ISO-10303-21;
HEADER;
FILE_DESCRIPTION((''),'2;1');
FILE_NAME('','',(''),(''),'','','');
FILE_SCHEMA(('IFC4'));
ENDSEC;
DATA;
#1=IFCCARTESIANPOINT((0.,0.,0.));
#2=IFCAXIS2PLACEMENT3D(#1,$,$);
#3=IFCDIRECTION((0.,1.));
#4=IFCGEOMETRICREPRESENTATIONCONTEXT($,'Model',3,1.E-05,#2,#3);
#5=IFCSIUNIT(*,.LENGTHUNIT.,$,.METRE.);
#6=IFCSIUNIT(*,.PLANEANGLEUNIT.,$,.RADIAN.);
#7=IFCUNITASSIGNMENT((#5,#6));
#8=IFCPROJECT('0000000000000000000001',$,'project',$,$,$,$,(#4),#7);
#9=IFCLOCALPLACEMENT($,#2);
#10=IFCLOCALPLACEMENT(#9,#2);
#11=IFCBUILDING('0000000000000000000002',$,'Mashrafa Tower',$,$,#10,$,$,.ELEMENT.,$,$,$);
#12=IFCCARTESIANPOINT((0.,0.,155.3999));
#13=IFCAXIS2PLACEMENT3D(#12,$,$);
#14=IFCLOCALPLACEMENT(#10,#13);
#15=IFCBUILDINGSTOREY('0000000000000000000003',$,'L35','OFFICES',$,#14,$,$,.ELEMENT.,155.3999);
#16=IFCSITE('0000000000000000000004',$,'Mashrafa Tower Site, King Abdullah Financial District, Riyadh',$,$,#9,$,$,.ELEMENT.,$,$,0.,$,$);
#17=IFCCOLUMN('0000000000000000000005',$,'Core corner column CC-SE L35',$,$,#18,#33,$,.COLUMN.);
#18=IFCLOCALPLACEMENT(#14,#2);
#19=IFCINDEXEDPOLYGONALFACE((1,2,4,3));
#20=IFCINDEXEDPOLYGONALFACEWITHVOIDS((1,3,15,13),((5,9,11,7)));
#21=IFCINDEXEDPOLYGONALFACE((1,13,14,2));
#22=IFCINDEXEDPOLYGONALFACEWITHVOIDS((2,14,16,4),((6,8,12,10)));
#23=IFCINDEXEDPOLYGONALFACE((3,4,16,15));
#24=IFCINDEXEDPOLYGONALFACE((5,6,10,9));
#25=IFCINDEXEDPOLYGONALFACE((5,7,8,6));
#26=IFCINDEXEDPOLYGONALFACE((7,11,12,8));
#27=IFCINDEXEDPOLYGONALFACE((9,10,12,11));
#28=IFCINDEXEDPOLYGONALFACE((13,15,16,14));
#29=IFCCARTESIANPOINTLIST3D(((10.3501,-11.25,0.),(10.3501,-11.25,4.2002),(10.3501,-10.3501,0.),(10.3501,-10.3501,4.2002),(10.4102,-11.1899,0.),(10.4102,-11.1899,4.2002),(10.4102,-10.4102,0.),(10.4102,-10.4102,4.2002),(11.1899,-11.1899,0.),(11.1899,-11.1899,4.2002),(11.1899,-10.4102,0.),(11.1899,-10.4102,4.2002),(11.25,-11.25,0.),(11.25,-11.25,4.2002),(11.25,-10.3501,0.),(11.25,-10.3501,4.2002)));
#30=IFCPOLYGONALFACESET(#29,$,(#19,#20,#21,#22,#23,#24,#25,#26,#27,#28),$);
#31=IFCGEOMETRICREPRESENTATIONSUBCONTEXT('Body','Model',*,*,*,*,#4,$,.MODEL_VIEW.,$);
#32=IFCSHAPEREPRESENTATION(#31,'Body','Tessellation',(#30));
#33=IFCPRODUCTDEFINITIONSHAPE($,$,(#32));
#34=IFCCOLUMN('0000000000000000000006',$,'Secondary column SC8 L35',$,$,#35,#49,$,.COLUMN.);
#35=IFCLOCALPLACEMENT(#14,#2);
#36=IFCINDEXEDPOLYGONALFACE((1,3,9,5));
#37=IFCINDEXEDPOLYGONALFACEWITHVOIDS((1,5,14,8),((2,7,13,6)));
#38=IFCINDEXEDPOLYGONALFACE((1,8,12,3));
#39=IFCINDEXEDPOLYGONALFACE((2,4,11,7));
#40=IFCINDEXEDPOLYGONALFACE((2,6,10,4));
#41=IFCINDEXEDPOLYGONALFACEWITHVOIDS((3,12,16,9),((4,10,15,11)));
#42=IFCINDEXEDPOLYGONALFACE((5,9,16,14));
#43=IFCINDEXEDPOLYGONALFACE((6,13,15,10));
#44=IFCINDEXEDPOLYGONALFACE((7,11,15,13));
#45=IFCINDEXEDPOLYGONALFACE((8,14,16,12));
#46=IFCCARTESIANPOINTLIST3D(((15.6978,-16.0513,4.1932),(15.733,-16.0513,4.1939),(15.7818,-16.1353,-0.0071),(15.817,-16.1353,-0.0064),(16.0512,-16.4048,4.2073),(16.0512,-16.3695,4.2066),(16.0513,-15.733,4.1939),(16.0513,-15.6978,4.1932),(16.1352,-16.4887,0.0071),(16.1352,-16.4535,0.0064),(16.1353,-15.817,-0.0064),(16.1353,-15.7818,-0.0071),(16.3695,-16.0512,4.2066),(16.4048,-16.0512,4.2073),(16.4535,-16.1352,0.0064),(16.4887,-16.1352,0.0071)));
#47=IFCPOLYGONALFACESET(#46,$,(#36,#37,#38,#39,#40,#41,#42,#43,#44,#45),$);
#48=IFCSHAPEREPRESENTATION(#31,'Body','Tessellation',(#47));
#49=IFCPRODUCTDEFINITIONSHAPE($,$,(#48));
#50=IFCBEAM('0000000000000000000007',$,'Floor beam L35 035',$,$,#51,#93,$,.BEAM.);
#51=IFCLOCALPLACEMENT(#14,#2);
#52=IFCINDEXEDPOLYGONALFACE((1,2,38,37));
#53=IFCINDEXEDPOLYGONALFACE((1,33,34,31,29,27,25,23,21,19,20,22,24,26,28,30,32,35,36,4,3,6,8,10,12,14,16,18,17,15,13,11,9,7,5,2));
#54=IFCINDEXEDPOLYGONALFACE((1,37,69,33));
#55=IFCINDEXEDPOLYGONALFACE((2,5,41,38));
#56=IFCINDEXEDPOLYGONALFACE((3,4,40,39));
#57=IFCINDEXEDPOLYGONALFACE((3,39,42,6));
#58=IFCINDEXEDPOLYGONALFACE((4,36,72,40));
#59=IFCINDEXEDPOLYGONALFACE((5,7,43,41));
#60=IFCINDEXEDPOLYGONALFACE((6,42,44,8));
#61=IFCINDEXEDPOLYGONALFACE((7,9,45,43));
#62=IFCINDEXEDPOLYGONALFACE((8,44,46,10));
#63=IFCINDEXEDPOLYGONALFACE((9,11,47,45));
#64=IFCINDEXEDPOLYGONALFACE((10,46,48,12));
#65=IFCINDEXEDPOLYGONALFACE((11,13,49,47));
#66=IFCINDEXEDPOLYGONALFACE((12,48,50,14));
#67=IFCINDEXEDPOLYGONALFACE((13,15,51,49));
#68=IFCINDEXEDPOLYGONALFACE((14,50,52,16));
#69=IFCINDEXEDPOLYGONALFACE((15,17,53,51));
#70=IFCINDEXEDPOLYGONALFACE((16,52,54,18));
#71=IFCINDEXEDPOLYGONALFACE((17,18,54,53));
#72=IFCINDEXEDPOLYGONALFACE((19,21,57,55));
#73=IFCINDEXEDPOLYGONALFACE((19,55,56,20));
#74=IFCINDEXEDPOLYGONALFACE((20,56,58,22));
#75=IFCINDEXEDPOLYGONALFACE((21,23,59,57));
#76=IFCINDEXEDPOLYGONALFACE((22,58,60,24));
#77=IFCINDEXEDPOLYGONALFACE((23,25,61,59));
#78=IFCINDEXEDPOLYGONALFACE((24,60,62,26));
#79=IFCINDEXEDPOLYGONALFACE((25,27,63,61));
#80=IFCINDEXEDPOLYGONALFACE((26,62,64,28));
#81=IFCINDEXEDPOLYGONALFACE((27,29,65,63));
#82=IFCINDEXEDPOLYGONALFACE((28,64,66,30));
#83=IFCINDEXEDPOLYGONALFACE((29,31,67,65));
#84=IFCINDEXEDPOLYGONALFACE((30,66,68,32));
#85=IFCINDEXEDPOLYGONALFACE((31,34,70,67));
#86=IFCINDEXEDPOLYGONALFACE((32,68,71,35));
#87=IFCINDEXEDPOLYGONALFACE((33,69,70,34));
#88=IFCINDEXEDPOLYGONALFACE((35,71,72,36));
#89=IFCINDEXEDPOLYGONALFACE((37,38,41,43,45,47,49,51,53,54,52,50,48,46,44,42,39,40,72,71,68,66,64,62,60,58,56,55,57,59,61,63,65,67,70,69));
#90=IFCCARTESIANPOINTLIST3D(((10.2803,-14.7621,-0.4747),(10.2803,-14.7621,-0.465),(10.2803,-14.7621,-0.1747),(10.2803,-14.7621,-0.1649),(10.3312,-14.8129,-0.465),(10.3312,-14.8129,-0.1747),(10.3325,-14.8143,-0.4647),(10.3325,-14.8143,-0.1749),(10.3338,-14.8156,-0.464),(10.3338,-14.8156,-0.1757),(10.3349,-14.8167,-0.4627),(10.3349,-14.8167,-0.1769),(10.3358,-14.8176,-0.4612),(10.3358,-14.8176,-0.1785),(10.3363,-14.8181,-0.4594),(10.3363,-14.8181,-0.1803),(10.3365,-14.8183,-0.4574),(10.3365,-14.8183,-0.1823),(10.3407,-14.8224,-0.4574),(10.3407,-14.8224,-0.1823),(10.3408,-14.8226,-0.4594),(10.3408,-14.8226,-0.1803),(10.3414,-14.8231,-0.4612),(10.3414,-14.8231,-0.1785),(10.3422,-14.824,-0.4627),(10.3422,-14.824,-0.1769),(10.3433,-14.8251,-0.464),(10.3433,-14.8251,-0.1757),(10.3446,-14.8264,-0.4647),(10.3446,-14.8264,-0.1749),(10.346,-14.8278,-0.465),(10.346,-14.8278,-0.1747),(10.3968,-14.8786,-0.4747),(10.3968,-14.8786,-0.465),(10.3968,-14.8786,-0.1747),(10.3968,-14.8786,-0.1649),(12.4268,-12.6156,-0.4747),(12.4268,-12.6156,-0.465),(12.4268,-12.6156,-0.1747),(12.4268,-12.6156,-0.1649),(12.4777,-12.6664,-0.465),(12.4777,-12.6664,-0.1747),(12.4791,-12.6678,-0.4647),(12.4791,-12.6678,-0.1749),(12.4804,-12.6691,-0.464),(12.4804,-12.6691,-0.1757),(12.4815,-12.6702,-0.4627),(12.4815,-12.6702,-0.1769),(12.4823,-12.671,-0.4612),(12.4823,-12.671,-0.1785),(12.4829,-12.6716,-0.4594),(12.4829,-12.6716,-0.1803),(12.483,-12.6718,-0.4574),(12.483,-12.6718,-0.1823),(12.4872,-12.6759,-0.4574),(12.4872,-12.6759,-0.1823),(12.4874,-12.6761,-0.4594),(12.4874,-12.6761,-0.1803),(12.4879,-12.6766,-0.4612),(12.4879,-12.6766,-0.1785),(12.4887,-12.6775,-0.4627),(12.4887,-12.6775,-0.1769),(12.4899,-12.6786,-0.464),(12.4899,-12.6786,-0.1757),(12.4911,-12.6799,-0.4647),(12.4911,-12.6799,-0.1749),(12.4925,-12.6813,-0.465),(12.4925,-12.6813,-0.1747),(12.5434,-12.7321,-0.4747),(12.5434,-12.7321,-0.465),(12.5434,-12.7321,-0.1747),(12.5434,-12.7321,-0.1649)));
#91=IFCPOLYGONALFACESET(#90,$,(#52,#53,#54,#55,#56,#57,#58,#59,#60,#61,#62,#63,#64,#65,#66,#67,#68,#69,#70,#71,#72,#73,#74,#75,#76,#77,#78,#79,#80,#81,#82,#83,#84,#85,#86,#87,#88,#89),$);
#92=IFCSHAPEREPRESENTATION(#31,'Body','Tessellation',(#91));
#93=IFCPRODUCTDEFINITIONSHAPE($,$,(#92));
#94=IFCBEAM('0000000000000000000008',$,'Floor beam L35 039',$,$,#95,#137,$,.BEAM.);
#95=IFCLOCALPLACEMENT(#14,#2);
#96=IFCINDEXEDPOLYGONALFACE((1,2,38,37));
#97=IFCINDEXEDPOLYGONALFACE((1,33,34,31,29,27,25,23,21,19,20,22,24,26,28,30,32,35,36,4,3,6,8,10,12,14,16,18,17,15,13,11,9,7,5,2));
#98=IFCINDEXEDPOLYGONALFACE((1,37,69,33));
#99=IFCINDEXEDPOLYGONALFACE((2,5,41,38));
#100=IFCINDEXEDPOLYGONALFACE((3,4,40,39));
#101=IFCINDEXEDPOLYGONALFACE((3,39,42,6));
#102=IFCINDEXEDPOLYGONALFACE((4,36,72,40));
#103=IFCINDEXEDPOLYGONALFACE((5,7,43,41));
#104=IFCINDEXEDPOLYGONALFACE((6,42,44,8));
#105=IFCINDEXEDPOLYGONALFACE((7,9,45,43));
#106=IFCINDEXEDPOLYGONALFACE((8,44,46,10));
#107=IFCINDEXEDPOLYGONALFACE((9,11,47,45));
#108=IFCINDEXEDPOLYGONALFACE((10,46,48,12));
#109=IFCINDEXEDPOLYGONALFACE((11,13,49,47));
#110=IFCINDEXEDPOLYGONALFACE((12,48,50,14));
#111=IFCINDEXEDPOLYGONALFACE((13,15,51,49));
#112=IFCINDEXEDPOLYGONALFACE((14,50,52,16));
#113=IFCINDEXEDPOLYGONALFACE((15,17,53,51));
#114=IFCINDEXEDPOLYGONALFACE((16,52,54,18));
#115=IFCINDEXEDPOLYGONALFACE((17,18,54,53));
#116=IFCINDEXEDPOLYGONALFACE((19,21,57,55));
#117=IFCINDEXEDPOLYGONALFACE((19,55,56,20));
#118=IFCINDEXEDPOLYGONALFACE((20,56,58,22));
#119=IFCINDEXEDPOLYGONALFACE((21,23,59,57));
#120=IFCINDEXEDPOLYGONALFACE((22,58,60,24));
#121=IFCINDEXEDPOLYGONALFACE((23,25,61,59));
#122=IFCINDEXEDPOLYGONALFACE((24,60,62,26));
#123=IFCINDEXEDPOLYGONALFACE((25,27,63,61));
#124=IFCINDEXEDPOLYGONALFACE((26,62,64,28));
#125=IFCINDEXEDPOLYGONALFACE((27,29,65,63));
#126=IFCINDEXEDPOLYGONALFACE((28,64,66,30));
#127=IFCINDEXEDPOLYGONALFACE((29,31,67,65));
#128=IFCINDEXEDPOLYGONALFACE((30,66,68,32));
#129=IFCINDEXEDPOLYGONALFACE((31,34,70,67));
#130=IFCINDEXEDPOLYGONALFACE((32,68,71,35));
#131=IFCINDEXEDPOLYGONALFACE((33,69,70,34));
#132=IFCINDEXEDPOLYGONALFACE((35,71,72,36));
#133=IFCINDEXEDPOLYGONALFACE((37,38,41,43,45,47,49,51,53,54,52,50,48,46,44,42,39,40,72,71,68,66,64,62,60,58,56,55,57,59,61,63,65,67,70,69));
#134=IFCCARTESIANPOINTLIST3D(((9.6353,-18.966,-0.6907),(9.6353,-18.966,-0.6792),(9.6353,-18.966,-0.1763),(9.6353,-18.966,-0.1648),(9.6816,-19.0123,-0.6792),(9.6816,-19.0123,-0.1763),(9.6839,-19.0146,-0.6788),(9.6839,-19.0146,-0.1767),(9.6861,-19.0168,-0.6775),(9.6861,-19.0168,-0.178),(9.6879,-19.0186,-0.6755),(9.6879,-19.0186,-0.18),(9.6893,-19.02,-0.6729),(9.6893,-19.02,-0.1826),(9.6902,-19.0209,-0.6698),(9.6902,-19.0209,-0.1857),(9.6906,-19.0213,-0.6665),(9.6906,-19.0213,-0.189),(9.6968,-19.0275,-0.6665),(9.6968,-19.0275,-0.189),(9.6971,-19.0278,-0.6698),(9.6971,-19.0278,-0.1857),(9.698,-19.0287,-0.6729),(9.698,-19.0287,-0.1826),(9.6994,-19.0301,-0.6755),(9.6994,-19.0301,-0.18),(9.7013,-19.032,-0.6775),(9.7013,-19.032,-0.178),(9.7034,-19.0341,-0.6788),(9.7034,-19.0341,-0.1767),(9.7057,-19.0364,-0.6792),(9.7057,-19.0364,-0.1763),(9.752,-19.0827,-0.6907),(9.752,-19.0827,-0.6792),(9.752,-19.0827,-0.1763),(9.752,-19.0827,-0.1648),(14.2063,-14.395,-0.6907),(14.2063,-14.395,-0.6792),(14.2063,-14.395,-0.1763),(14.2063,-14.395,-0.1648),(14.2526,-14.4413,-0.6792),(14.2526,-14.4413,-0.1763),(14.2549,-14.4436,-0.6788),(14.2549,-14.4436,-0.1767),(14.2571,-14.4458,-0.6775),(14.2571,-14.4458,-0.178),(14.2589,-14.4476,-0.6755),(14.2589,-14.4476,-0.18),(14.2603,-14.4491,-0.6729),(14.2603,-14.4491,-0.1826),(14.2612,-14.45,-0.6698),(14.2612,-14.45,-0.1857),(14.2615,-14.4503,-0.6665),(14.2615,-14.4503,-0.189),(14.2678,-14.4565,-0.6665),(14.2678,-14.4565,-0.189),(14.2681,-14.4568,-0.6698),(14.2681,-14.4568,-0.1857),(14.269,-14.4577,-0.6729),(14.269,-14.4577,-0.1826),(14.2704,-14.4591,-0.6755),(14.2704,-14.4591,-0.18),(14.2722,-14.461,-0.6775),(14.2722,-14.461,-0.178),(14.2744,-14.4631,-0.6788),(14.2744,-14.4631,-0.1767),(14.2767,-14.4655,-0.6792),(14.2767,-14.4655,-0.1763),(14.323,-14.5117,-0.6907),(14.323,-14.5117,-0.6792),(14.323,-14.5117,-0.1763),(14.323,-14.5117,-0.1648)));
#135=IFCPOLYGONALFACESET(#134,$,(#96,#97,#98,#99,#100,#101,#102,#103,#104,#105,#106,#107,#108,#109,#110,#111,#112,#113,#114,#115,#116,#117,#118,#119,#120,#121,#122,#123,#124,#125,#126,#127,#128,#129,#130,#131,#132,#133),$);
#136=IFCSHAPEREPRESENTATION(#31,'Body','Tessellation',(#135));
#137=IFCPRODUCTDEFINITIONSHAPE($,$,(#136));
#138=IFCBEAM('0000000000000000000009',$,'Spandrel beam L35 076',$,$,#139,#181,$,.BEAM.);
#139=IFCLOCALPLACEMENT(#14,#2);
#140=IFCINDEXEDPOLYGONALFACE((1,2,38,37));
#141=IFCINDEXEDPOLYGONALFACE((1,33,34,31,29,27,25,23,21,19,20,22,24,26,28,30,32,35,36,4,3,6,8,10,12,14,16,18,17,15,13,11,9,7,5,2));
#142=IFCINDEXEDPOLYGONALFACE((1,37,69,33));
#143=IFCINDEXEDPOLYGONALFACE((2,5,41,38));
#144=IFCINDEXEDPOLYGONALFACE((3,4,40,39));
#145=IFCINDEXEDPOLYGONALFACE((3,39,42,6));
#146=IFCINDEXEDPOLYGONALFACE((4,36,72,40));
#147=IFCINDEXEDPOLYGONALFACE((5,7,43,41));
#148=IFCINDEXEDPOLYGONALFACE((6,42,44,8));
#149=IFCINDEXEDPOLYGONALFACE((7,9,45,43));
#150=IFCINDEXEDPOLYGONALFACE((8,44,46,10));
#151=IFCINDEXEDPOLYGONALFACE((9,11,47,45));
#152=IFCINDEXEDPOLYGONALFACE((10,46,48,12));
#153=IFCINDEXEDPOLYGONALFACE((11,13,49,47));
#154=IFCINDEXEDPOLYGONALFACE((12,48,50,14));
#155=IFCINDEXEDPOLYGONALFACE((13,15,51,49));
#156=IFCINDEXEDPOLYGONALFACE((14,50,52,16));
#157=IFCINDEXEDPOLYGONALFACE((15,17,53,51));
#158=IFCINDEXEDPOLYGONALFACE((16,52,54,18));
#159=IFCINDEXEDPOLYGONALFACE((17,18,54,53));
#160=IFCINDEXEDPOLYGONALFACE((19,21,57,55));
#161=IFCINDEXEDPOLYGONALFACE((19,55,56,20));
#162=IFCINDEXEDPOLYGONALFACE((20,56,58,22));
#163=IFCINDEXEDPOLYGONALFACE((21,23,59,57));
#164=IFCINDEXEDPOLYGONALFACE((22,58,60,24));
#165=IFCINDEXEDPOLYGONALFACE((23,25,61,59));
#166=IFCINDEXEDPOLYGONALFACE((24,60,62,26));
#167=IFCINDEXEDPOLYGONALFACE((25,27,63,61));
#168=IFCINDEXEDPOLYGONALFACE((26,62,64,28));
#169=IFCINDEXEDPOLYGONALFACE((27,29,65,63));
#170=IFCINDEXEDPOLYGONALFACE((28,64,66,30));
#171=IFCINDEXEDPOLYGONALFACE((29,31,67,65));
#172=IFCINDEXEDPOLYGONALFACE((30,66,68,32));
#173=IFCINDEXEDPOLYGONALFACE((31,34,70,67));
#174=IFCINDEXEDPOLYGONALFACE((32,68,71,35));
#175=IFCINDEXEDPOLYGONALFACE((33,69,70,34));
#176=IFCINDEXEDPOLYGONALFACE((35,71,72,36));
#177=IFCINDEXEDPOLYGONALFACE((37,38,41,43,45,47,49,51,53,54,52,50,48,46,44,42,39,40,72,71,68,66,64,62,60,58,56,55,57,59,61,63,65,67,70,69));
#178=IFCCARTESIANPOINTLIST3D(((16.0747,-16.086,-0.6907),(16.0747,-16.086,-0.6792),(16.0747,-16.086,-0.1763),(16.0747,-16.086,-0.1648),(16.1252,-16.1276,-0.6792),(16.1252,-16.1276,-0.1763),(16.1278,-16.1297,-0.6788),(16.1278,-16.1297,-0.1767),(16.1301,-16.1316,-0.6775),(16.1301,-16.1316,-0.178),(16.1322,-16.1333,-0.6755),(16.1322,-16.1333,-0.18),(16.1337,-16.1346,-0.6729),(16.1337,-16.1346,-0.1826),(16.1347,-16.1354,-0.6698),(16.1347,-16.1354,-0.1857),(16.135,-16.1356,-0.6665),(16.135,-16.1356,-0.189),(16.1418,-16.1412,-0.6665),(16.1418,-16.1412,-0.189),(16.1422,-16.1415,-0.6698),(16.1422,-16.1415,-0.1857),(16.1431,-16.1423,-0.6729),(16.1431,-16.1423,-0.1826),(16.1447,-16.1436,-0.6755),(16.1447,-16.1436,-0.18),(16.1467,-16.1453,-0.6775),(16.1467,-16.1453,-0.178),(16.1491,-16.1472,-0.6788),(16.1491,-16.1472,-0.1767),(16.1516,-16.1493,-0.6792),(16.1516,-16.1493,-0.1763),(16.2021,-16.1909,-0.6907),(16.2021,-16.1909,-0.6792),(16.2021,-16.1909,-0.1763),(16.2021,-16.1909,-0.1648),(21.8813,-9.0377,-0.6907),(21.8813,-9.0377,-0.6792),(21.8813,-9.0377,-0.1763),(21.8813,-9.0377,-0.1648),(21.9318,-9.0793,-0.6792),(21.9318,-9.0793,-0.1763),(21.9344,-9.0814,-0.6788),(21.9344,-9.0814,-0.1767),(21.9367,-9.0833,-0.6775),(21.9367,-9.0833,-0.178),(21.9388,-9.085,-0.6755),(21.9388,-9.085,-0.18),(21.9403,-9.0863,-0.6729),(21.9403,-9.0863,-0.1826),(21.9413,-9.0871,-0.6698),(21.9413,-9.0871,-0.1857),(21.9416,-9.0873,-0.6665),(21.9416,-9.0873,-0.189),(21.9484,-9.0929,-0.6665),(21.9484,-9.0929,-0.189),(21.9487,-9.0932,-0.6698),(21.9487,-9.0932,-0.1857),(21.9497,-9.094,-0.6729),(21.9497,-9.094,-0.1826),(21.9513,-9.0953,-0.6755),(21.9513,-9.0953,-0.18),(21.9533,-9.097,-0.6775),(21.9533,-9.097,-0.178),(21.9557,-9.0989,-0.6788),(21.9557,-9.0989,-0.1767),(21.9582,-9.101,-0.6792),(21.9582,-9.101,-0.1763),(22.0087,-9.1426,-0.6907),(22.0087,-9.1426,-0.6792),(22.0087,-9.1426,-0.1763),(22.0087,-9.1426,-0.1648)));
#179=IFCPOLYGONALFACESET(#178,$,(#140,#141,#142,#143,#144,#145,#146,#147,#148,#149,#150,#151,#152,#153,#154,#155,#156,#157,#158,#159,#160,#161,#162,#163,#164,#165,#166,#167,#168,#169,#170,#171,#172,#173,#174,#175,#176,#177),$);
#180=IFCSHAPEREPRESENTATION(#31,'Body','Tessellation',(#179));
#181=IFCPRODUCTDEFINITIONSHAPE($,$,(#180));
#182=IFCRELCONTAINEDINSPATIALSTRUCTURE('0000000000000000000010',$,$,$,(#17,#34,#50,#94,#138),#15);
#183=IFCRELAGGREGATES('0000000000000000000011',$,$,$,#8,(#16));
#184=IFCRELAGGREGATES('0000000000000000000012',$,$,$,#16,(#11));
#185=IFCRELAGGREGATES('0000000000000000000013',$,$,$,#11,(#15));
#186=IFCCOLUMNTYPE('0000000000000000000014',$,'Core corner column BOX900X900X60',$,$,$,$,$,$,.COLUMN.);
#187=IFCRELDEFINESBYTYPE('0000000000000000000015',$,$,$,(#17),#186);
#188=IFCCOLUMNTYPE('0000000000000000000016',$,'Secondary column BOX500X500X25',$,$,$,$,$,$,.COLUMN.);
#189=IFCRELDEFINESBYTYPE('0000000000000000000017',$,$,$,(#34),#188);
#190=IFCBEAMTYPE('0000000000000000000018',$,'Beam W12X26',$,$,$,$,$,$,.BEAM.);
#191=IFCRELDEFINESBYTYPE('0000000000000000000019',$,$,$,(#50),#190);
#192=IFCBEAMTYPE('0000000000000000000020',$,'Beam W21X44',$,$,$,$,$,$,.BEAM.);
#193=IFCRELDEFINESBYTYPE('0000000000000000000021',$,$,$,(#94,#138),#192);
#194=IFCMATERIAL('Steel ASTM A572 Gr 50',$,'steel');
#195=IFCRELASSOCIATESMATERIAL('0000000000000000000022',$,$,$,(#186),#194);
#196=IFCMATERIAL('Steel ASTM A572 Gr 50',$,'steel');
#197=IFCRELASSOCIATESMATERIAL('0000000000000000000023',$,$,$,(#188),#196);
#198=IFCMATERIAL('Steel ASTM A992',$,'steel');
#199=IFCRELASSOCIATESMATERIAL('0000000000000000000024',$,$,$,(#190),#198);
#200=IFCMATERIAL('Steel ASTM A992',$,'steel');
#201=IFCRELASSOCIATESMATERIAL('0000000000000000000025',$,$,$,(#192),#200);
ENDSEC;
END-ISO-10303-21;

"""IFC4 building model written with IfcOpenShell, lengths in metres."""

from ifc_helpers import new_model, si_unit, direction, frame, origin, origin_2d, place, context, subcontext, project, spatial, hollow_rectangle, i_section, extrude, material, material_profile, profile_set, type_object, element, save


model = new_model("IFC4")

# Units and contexts
model_context = context("Model", 3, precision=1e-05, world=origin(), true_north=direction((0.0, 1.0)))
body_context = subcontext(model_context, "Body", "Model", "MODEL_VIEW")
ifc_project = project(units=[si_unit("LENGTHUNIT", "METRE"), si_unit("PLANEANGLEUNIT", "RADIAN")], contexts=[model_context])

# Site, building, storey
site_placement = place(None, origin())
site = spatial("IfcSite", under=ifc_project, at=site_placement, Name="Mashrafa Tower Site, King Abdullah Financial District, Riyadh", CompositionType="ELEMENT", RefElevation=0.0)
building_placement = place(site_placement, origin())
building = spatial("IfcBuilding", under=site, at=building_placement, Name="Mashrafa Tower", CompositionType="ELEMENT")
storey_placement = place(building_placement, frame((0.0, 0.0, 155.3999)))
storey = spatial("IfcBuildingStorey", under=building, at=storey_placement, Name="L35", Description="OFFICES", CompositionType="ELEMENT", Elevation=155.3999)

# Columns
ifc_material_1 = material(Name="Steel ASTM A572 Gr 50", Category="steel")
ifc_material_profile_1 = material_profile(ifc_material_1, hollow_rectangle(XDim=0.8999, YDim=0.8999, WallThickness=0.0601, at=origin_2d()), Name="BOX900X900X60")
ifc_profile_set_1 = profile_set([ifc_material_profile_1], Name="Steel ASTM A572 Gr 50")
column_type_1 = type_object("IfcColumnType", Name="Core corner column BOX900X900X60", PredefinedType="COLUMN", material=ifc_profile_set_1)
column_1_placement = place(storey_placement, frame((10.8, -10.8, 0.0), z_axis=(0.0, 0.0, 1.0), x_axis=(1.0, 0.0, 0.0)))
element("IfcColumn", 1, at=column_1_placement, inside=storey, type_object=column_type_1, Name="Core corner column CC-SE L35", PredefinedType="COLUMN", context=body_context, shape_type="SweptSolid", body=[
    extrude(hollow_rectangle(XDim=0.8999, YDim=0.8999, WallThickness=0.0601, at=origin_2d()), origin(), (0.0, 0.0, 1.0), 4.2002),
])
ifc_material_2 = material(Name="Steel ASTM A572 Gr 50", Category="steel")
ifc_material_profile_2 = material_profile(ifc_material_2, hollow_rectangle(XDim=0.5, YDim=0.5, WallThickness=0.0249, at=origin_2d()), Name="BOX500X500X25")
ifc_profile_set_2 = profile_set([ifc_material_profile_2], Name="Steel ASTM A572 Gr 50")
column_type_2 = type_object("IfcColumnType", Name="Secondary column BOX500X500X25", PredefinedType="COLUMN", material=ifc_profile_set_2)
column_2_placement = place(storey_placement, frame((16.1353, -16.1353, 0.0), z_axis=(-0.019987, 0.019987, 0.9996), x_axis=(-0.707107, -0.707107, 0.0)))
element("IfcColumn", 2, at=column_2_placement, inside=storey, type_object=column_type_2, Name="Secondary column SC8 L35", PredefinedType="COLUMN", context=body_context, shape_type="SweptSolid", body=[
    extrude(hollow_rectangle(XDim=0.5, YDim=0.5, WallThickness=0.0249, at=origin_2d()), origin(), (0.0, 0.0, 1.0), 4.2019),
])

# Beams
ifc_material_3 = material(Name="Steel ASTM A992", Category="steel")
ifc_material_profile_3 = material_profile(ifc_material_3, i_section(OverallWidth=0.1648, OverallDepth=0.3098, WebThickness=0.0059, FlangeThickness=0.0098, FilletRadius=0.0076, at=origin_2d()), Name="W12X26")
ifc_profile_set_3 = profile_set([ifc_material_profile_3], Name="Steel ASTM A992")
beam_type_1 = type_object("IfcBeamType", Name="Beam W12X26", PredefinedType="BEAM", material=ifc_profile_set_3)
beam_1_placement = place(storey_placement, frame((12.4851, -12.6738, -0.3198), z_axis=(-0.707107, -0.707107, 0.0), x_axis=(0.707107, -0.707107, 0.0)))
element("IfcBeam", 3, at=beam_1_placement, inside=storey, type_object=beam_type_1, Name="Floor beam L35 035", PredefinedType="BEAM", context=body_context, shape_type="SweptSolid", body=[
    extrude(i_section(OverallWidth=0.1648, OverallDepth=0.3098, WebThickness=0.0059, FlangeThickness=0.0098, FilletRadius=0.0076, at=origin_2d()), origin(), (0.0, 0.0, 1.0), 3.0356),
])
ifc_material_4 = material(Name="Steel ASTM A992", Category="steel")
ifc_material_profile_4 = material_profile(ifc_material_4, i_section(OverallWidth=0.165, OverallDepth=0.5259, WebThickness=0.0088, FlangeThickness=0.0115, FilletRadius=0.0127, at=origin_2d()), Name="W21X44")
ifc_profile_set_4 = profile_set([ifc_material_profile_4], Name="Steel ASTM A992")
beam_type_2 = type_object("IfcBeamType", Name="Beam W21X44", PredefinedType="BEAM", material=ifc_profile_set_4)
beam_2_placement = place(storey_placement, frame((14.2646, -14.4534, -0.4277), z_axis=(-0.707107, -0.707107, 0.0), x_axis=(0.707107, -0.707107, 0.0)))
element("IfcBeam", 4, at=beam_2_placement, inside=storey, type_object=beam_type_2, Name="Floor beam L35 039", PredefinedType="BEAM", context=body_context, shape_type="SweptSolid", body=[
    extrude(i_section(OverallWidth=0.165, OverallDepth=0.5259, WebThickness=0.0088, FlangeThickness=0.0115, FilletRadius=0.0127, at=origin_2d()), origin(), (0.0, 0.0, 1.0), 6.4644),
])
beam_3_placement = place(storey_placement, frame((16.1384, -16.1384, -0.4277), z_axis=(0.635846, 0.771816, 0.0), x_axis=(-0.771816, 0.635846, 0.0)))
element("IfcBeam", 5, at=beam_3_placement, inside=storey, type_object=beam_type_2, Name="Spandrel beam L35 076", PredefinedType="BEAM", context=body_context, shape_type="SweptSolid", body=[
    extrude(i_section(OverallWidth=0.165, OverallDepth=0.5259, WebThickness=0.0088, FlangeThickness=0.0115, FilletRadius=0.0127, at=origin_2d()), origin(), (0.0, 0.0, 1.0), 9.1321),
])

save(model, "model.ifc")
